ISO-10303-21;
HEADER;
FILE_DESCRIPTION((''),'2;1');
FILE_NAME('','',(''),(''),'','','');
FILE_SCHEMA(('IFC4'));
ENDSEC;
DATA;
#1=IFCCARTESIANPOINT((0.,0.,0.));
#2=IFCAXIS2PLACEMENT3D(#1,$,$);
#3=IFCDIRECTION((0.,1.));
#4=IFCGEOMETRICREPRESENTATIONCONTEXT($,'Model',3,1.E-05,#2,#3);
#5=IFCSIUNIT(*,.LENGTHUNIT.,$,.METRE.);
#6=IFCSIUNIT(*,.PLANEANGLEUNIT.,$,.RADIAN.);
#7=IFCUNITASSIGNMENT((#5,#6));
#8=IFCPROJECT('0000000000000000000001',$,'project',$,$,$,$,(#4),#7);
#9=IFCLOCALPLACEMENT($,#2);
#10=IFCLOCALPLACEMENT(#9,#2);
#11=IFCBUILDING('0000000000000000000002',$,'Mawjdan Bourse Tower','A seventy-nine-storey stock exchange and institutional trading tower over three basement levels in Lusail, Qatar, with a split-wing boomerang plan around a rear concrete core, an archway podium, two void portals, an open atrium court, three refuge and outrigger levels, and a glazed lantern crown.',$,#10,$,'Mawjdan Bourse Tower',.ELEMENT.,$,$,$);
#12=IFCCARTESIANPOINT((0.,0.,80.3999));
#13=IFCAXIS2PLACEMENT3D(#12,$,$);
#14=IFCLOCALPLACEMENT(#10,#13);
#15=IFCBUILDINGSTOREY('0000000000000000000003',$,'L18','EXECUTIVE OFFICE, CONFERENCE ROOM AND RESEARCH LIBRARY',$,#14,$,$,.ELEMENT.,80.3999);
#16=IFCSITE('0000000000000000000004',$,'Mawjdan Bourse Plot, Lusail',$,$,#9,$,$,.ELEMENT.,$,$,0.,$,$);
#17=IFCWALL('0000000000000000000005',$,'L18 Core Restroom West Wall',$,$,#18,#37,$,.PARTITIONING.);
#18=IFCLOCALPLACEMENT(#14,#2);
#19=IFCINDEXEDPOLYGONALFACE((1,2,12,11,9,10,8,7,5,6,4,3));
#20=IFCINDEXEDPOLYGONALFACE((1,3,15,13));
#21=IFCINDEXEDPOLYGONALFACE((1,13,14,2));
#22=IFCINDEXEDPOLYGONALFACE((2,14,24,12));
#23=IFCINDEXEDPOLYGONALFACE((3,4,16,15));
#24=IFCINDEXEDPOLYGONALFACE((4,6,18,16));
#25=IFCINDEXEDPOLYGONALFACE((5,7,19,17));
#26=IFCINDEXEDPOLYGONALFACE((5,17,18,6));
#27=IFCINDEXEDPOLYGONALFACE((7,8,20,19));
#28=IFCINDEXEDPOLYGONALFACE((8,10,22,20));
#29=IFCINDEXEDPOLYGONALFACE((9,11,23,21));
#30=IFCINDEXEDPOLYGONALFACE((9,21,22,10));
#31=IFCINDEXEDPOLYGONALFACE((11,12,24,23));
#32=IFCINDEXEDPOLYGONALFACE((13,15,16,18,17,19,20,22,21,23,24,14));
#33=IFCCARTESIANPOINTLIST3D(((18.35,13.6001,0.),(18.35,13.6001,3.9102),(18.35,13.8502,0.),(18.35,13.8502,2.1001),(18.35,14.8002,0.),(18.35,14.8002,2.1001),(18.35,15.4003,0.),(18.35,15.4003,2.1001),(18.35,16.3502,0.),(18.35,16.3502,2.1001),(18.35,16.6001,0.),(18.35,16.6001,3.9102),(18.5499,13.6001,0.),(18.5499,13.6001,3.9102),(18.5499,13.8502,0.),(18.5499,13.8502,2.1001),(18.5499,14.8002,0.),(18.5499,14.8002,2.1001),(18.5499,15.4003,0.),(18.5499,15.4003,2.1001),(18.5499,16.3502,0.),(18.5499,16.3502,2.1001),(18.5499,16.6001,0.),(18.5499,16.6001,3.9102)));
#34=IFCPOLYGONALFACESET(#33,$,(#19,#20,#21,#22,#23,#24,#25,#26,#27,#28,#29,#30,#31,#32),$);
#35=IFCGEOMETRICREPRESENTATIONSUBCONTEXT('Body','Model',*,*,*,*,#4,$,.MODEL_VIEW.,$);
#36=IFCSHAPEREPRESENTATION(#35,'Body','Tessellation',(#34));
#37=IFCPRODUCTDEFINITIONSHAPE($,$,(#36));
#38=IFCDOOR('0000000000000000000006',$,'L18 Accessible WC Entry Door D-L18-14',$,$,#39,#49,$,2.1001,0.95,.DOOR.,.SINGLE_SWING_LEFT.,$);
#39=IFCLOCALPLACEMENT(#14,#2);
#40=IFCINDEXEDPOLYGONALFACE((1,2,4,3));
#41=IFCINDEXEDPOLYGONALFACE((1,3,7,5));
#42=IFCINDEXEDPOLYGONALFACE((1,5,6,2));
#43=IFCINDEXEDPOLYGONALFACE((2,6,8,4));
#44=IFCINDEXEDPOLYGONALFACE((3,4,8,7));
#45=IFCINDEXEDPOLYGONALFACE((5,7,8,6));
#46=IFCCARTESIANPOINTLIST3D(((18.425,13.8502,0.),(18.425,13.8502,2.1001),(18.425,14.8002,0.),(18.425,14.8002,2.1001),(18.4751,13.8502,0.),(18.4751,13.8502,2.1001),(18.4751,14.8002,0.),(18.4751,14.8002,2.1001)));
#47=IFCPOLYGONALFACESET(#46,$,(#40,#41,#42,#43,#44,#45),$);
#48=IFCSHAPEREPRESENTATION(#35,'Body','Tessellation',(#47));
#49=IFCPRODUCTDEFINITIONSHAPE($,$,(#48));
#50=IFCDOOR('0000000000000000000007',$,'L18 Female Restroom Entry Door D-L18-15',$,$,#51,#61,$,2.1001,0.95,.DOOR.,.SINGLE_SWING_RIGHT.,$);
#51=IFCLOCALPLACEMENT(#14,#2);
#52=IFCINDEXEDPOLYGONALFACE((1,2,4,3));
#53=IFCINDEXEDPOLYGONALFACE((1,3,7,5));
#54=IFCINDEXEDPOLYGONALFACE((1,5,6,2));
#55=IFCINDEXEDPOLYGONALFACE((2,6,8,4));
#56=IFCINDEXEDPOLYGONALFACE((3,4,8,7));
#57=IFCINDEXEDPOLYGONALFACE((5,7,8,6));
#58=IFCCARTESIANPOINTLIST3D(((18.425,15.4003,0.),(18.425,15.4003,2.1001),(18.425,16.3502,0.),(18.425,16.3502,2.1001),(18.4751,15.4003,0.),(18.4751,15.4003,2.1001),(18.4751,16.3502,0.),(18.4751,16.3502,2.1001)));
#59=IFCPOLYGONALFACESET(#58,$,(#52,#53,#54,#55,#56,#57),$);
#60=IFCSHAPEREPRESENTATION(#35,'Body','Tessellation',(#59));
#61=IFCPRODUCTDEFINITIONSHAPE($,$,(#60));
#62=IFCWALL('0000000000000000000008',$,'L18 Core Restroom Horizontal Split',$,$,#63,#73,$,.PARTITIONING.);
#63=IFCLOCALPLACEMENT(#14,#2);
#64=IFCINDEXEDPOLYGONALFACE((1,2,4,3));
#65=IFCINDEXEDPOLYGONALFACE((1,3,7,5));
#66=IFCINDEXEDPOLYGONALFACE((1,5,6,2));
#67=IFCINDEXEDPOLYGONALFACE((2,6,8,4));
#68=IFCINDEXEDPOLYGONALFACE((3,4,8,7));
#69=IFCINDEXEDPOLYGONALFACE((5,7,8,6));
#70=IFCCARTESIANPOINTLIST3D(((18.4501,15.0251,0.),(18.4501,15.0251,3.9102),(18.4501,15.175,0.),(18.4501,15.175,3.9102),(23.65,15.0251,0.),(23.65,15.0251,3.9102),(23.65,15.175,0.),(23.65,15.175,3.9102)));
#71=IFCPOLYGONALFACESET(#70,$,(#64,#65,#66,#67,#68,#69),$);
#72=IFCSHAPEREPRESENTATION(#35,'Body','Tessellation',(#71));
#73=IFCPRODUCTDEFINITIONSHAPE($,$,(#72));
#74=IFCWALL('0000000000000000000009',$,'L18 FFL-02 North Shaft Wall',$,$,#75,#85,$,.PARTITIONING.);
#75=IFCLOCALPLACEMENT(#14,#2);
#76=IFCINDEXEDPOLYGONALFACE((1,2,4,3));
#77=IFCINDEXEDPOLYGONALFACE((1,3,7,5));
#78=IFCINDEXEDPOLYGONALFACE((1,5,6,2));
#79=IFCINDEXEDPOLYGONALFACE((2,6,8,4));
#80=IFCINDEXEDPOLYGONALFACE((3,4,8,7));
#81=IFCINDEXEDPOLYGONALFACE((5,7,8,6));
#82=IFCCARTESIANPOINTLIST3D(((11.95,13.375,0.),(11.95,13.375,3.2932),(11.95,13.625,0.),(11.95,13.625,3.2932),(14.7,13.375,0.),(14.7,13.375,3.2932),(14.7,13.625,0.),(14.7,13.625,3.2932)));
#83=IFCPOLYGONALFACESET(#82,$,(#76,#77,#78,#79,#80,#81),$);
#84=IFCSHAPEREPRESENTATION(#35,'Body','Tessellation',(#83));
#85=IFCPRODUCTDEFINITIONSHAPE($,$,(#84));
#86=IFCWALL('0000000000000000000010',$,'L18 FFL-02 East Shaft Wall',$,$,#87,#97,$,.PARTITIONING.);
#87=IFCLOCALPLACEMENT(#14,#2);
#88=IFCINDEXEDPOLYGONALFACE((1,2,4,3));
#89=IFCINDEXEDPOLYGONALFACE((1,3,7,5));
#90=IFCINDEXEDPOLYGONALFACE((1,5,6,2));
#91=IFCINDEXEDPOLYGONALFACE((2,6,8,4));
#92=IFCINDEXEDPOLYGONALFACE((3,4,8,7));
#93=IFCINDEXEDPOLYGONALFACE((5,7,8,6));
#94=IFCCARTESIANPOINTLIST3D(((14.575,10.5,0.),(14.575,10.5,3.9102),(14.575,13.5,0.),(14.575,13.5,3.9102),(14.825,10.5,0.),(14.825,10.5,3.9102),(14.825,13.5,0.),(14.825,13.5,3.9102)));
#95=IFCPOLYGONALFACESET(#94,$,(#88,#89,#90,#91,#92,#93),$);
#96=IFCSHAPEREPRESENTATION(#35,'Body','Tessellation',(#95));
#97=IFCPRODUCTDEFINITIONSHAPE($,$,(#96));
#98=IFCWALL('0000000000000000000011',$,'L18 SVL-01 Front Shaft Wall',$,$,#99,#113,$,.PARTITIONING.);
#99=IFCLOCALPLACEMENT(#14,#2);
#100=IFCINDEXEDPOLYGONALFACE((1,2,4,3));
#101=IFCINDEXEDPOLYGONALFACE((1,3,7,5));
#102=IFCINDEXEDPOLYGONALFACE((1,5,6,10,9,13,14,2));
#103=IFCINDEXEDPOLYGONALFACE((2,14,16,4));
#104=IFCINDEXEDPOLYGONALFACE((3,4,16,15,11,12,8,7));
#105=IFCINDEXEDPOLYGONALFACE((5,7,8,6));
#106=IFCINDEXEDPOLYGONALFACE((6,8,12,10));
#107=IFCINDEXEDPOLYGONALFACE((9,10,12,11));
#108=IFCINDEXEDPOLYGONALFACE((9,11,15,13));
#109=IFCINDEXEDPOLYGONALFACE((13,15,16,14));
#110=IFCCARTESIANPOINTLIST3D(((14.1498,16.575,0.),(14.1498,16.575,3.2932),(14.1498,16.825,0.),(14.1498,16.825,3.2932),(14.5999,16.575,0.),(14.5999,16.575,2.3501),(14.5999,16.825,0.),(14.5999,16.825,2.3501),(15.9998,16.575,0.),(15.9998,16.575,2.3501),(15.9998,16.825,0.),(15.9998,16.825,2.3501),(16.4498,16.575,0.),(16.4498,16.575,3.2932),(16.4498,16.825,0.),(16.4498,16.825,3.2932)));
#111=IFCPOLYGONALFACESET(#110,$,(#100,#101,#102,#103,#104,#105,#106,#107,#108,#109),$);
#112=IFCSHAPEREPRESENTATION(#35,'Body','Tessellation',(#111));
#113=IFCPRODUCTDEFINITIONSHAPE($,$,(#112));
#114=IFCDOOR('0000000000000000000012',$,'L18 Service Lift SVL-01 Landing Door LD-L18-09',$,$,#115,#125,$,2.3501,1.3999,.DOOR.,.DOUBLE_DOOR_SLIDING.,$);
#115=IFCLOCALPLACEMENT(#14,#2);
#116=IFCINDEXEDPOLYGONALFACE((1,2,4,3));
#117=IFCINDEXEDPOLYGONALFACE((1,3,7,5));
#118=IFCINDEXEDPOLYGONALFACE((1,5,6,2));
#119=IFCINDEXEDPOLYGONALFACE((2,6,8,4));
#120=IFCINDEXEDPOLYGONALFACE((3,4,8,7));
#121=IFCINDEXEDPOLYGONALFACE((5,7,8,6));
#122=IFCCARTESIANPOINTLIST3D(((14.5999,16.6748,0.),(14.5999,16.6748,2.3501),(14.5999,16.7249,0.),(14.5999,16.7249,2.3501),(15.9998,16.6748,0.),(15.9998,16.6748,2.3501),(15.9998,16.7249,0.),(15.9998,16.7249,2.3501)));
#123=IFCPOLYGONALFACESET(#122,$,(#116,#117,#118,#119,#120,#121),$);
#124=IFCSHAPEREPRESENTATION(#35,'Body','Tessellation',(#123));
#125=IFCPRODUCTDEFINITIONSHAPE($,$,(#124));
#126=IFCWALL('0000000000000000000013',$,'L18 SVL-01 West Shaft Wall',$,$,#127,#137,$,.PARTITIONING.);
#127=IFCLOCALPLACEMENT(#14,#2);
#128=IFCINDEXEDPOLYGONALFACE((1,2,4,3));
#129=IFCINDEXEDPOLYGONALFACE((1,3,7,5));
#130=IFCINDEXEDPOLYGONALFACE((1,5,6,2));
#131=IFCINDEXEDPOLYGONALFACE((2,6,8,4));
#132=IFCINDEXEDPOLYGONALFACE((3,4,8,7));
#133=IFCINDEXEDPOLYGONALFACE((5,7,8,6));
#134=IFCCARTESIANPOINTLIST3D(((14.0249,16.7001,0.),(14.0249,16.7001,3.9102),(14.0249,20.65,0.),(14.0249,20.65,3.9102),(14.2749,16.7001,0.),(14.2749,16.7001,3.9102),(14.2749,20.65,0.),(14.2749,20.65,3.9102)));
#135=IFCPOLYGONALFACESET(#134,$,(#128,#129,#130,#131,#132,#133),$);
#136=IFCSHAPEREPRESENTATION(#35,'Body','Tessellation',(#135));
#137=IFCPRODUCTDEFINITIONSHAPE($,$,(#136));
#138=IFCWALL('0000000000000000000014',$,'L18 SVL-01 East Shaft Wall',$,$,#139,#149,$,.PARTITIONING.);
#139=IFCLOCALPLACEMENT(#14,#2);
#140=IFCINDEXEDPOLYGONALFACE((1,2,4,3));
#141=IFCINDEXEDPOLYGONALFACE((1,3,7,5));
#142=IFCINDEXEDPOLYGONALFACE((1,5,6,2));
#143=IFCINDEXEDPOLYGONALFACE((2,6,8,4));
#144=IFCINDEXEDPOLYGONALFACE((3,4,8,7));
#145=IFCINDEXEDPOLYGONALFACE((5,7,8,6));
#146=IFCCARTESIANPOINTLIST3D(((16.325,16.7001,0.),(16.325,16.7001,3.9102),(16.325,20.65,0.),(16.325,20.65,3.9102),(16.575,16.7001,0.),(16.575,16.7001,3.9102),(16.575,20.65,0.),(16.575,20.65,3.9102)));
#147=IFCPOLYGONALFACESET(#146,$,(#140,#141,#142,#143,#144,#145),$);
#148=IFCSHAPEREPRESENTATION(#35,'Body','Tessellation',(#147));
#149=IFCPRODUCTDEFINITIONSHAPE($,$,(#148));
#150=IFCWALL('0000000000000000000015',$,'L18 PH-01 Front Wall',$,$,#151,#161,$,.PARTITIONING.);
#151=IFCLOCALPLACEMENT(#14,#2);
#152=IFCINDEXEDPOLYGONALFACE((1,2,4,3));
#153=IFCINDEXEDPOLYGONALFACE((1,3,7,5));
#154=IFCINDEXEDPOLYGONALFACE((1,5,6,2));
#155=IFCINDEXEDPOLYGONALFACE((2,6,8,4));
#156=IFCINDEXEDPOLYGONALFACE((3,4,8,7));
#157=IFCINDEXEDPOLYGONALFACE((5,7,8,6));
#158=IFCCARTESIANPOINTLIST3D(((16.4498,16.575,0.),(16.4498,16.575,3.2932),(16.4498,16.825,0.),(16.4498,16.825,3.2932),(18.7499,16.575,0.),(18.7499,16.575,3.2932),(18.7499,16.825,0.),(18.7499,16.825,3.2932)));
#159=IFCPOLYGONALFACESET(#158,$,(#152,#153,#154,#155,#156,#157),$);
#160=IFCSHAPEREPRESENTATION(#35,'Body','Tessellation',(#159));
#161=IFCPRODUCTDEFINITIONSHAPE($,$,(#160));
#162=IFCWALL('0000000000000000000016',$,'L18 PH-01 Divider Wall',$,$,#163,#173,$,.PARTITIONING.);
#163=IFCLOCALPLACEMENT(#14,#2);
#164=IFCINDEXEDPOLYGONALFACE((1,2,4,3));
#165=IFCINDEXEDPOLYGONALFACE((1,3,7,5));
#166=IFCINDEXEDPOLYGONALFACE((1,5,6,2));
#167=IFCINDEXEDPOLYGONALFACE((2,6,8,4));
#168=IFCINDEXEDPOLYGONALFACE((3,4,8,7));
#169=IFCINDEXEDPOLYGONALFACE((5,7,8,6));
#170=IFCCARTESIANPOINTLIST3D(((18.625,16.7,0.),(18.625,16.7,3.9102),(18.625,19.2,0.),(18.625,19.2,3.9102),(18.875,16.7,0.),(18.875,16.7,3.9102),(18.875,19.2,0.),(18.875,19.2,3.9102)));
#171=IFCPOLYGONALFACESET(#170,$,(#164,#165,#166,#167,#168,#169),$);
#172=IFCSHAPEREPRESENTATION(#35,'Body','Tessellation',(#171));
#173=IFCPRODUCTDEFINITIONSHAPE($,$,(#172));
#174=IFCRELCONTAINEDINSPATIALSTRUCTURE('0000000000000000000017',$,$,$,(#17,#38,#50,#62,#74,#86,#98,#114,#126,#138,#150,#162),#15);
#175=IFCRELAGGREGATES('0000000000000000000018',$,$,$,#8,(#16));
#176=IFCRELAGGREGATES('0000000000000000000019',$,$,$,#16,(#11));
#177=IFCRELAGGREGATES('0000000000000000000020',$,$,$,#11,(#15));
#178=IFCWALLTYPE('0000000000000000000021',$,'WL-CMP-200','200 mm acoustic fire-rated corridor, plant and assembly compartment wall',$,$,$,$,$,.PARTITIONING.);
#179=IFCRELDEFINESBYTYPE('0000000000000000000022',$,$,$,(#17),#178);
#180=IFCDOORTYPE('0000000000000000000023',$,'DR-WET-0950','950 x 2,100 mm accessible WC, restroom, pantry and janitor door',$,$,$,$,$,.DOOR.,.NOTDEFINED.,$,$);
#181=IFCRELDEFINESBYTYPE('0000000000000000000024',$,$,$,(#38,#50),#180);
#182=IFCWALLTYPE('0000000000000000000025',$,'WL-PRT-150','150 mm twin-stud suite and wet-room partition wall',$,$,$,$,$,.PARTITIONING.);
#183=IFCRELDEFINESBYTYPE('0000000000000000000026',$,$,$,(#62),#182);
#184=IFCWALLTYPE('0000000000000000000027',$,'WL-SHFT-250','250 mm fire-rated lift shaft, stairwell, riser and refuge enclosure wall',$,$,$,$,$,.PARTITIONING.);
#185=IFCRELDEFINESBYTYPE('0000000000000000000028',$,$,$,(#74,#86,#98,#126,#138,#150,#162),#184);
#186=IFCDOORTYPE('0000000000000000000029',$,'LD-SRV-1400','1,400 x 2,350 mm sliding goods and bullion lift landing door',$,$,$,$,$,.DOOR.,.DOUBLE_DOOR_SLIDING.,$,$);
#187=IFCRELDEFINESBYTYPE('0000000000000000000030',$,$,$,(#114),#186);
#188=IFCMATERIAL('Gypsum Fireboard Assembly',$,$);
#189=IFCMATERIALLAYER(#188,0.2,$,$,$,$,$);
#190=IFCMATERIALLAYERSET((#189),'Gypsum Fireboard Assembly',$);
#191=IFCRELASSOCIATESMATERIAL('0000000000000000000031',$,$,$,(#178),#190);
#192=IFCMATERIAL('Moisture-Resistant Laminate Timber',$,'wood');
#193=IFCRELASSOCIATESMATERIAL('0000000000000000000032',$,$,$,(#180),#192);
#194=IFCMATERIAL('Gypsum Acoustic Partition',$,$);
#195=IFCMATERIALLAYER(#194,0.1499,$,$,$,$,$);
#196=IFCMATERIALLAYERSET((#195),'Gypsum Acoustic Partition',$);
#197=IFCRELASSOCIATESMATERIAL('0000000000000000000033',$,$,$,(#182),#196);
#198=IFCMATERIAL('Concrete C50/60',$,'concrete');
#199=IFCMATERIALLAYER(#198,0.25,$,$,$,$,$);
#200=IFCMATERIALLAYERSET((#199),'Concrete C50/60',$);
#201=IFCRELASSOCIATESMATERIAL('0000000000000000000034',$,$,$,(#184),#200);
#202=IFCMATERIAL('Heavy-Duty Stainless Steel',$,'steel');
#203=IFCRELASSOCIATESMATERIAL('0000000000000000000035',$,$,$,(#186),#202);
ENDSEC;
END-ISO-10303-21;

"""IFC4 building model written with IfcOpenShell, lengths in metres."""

from ifc_helpers import new_model, si_unit, direction, frame, frame_2d, origin, place, context, subcontext, project, spatial, rectangle, extrude, material, layer, layer_set, type_object, element, fill, save


model = new_model("IFC4")

# Units and contexts
model_context = context("Model", 3, precision=1e-05, world=origin(), true_north=direction((0.0, 1.0)))
body_context = subcontext(model_context, "Body", "Model", "MODEL_VIEW")
ifc_project = project(units=[si_unit("LENGTHUNIT", "METRE"), si_unit("PLANEANGLEUNIT", "RADIAN")], contexts=[model_context])

# Site, building, storey
site_placement = place(None, origin())
site = spatial("IfcSite", under=ifc_project, at=site_placement, Name="Mawjdan Bourse Plot, Lusail", CompositionType="ELEMENT", RefElevation=0.0)
building_placement = place(site_placement, origin())
building = spatial("IfcBuilding", under=site, at=building_placement, Name="Mawjdan Bourse Tower", Description="A seventy-nine-storey stock exchange and institutional trading tower over three basement levels in Lusail, Qatar, with a split-wing boomerang plan around a rear concrete core, an archway podium, two void portals, an open atrium court, three refuge and outrigger levels, and a glazed lantern crown.", LongName="Mawjdan Bourse Tower", CompositionType="ELEMENT")
storey_placement = place(building_placement, frame((0.0, 0.0, 80.3999)))
storey = spatial("IfcBuildingStorey", under=building, at=storey_placement, Name="L18", Description="EXECUTIVE OFFICE, CONFERENCE ROOM AND RESEARCH LIBRARY", CompositionType="ELEMENT", Elevation=80.3999)

# Wall, openings, doors
ifc_material_1 = material(Name="Gypsum Fireboard Assembly")
ifc_layer_1 = layer(ifc_material_1, 0.2)
ifc_layer_set_1 = layer_set([ifc_layer_1], Name="Gypsum Fireboard Assembly")
wall_type_1 = type_object("IfcWallType", Name="WL-CMP-200", Description="200 mm acoustic fire-rated corridor, plant and assembly compartment wall", PredefinedType="PARTITIONING", material=ifc_layer_set_1)
wall_1_placement = place(storey_placement, frame((18.45, 13.6001, 0.0), z_axis=(0.0, 0.0, 1.0), x_axis=(0.0, 1.0, 0.0)))
wall_1 = element("IfcWall", 1, at=wall_1_placement, inside=storey, type_object=wall_type_1, Name="L18 Core Restroom West Wall", PredefinedType="PARTITIONING", context=body_context, shape_type="SweptSolid", body=[
    extrude(rectangle(XDim=3.0, YDim=0.2, at=frame_2d((1.5, 0.0))), origin(), (0.0, 0.0, 1.0), 3.9102),
])
opening_1_placement = place(wall_1_placement, frame((0.25, 0.0, 0.0)))
opening_1 = element("IfcOpeningElement", 2, at=opening_1_placement, cuts=wall_1, PredefinedType="OPENING", context=body_context, shape_type="SweptSolid", body=[
    extrude(rectangle(XDim=0.95, YDim=2.1001, at=frame_2d((0.4751, 1.05))), frame((0.0, 0.1099, 0.0), z_axis=(0.0, -1.0, 0.0), x_axis=(1.0, 0.0, 0.0)), (0.0, 0.0, 1.0), 0.22),
])
opening_2_placement = place(wall_1_placement, frame((1.8, 0.0, 0.0)))
opening_2 = element("IfcOpeningElement", 3, at=opening_2_placement, cuts=wall_1, PredefinedType="OPENING", context=body_context, shape_type="SweptSolid", body=[
    extrude(rectangle(XDim=0.95, YDim=2.1001, at=frame_2d((0.4751, 1.05))), frame((0.0, 0.1099, 0.0), z_axis=(0.0, -1.0, 0.0), x_axis=(1.0, 0.0, 0.0)), (0.0, 0.0, 1.0), 0.22),
])
ifc_material_2 = material(Name="Moisture-Resistant Laminate Timber", Category="wood")
door_type_1 = type_object("IfcDoorType", Name="DR-WET-0950", Description="950 x 2,100 mm accessible WC, restroom, pantry and janitor door", OperationType="NOTDEFINED", PredefinedType="DOOR", material=ifc_material_2)
door_1_placement = place(opening_1_placement, origin())
door_1 = element("IfcDoor", 4, at=door_1_placement, inside=storey, type_object=door_type_1, Name="L18 Accessible WC Entry Door D-L18-14", OperationType="SINGLE_SWING_LEFT", OverallHeight=2.1001, OverallWidth=0.95, PredefinedType="DOOR", context=body_context, shape_type="SweptSolid", body=[
    extrude(rectangle(XDim=0.95, YDim=2.1001, at=frame_2d((0.4751, 1.05))), frame((0.0, 0.0249, 0.0), z_axis=(0.0, -1.0, 0.0), x_axis=(1.0, 0.0, 0.0)), (0.0, 0.0, 1.0), 0.05),
])
fill(opening_1, door_1)
door_2_placement = place(opening_2_placement, origin())
door_2 = element("IfcDoor", 5, at=door_2_placement, inside=storey, type_object=door_type_1, Name="L18 Female Restroom Entry Door D-L18-15", OperationType="SINGLE_SWING_RIGHT", OverallHeight=2.1001, OverallWidth=0.95, PredefinedType="DOOR", context=body_context, shape_type="SweptSolid", body=[
    extrude(rectangle(XDim=0.95, YDim=2.1001, at=frame_2d((0.4751, 1.05))), frame((0.0, 0.0249, 0.0), z_axis=(0.0, -1.0, 0.0), x_axis=(1.0, 0.0, 0.0)), (0.0, 0.0, 1.0), 0.05),
])
fill(opening_2, door_2)

# Walls
ifc_material_3 = material(Name="Gypsum Acoustic Partition")
ifc_layer_2 = layer(ifc_material_3, 0.1499)
ifc_layer_set_2 = layer_set([ifc_layer_2], Name="Gypsum Acoustic Partition")
wall_type_2 = type_object("IfcWallType", Name="WL-PRT-150", Description="150 mm twin-stud suite and wet-room partition wall", PredefinedType="PARTITIONING", material=ifc_layer_set_2)
wall_2_placement = place(storey_placement, frame((18.45, 15.1001, 0.0), z_axis=(0.0, 0.0, 1.0), x_axis=(1.0, 0.0, 0.0)))
element("IfcWall", 6, at=wall_2_placement, inside=storey, type_object=wall_type_2, Name="L18 Core Restroom Horizontal Split", PredefinedType="PARTITIONING", context=body_context, shape_type="SweptSolid", body=[
    extrude(rectangle(XDim=5.2, YDim=0.1499, at=frame_2d((2.6001, 0.0))), origin(), (0.0, 0.0, 1.0), 3.9102),
])
ifc_material_4 = material(Name="Concrete C50/60", Category="concrete")
ifc_layer_3 = layer(ifc_material_4, 0.25)
ifc_layer_set_3 = layer_set([ifc_layer_3], Name="Concrete C50/60")
wall_type_3 = type_object("IfcWallType", Name="WL-SHFT-250", Description="250 mm fire-rated lift shaft, stairwell, riser and refuge enclosure wall", PredefinedType="PARTITIONING", material=ifc_layer_set_3)
wall_3_placement = place(storey_placement, frame((11.95, 13.5, 0.0), z_axis=(0.0, 0.0, 1.0), x_axis=(1.0, 0.0, 0.0)))
element("IfcWall", 7, at=wall_3_placement, inside=storey, type_object=wall_type_3, Name="L18 FFL-02 North Shaft Wall", PredefinedType="PARTITIONING", context=body_context, shape_type="SweptSolid", body=[
    extrude(rectangle(XDim=2.75, YDim=0.25, at=frame_2d((1.375, 0.0))), origin(), (0.0, 0.0, 1.0), 3.2932),
])
wall_4_placement = place(storey_placement, frame((14.7, 10.5, 0.0), z_axis=(0.0, 0.0, 1.0), x_axis=(0.0, 1.0, 0.0)))
element("IfcWall", 8, at=wall_4_placement, inside=storey, type_object=wall_type_3, Name="L18 FFL-02 East Shaft Wall", PredefinedType="PARTITIONING", context=body_context, shape_type="SweptSolid", body=[
    extrude(rectangle(XDim=3.0, YDim=0.25, at=frame_2d((1.5, 0.0))), origin(), (0.0, 0.0, 1.0), 3.9102),
])

# Wall, opening, door
wall_5_placement = place(storey_placement, frame((14.1499, 16.7, 0.0), z_axis=(0.0, 0.0, 1.0), x_axis=(1.0, 0.0, 0.0)))
wall_5 = element("IfcWall", 9, at=wall_5_placement, inside=storey, type_object=wall_type_3, Name="L18 SVL-01 Front Shaft Wall", PredefinedType="PARTITIONING", context=body_context, shape_type="SweptSolid", body=[
    extrude(rectangle(XDim=2.3, YDim=0.25, at=frame_2d((1.1499, 0.0))), origin(), (0.0, 0.0, 1.0), 3.2932),
])
opening_3_placement = place(wall_5_placement, frame((0.45, 0.0, 0.0)))
opening_3 = element("IfcOpeningElement", 10, at=opening_3_placement, cuts=wall_5, PredefinedType="OPENING", context=body_context, shape_type="SweptSolid", body=[
    extrude(rectangle(XDim=1.3999, YDim=2.3501, at=frame_2d((0.7, 1.175))), frame((0.0, 0.135, 0.0), z_axis=(0.0, -1.0, 0.0), x_axis=(1.0, 0.0, 0.0)), (0.0, 0.0, 1.0), 0.27),
])
ifc_material_5 = material(Name="Heavy-Duty Stainless Steel", Category="steel")
door_type_2 = type_object("IfcDoorType", Name="LD-SRV-1400", Description="1,400 x 2,350 mm sliding goods and bullion lift landing door", OperationType="DOUBLE_DOOR_SLIDING", PredefinedType="DOOR", material=ifc_material_5)
door_3_placement = place(opening_3_placement, origin())
door_3 = element("IfcDoor", 11, at=door_3_placement, inside=storey, type_object=door_type_2, Name="L18 Service Lift SVL-01 Landing Door LD-L18-09", OperationType="DOUBLE_DOOR_SLIDING", OverallHeight=2.3501, OverallWidth=1.3999, PredefinedType="DOOR", context=body_context, shape_type="SweptSolid", body=[
    extrude(rectangle(XDim=1.3999, YDim=2.3501, at=frame_2d((0.7, 1.175))), frame((0.0, 0.0249, 0.0), z_axis=(0.0, -1.0, 0.0), x_axis=(1.0, 0.0, 0.0)), (0.0, 0.0, 1.0), 0.05),
])
fill(opening_3, door_3)

# Walls
for number, where, z_axis, x_axis, name in (
    (12, (14.1499, 16.7, 0.0), (0.0, 0.0, 1.0), (0.0, 1.0, 0.0), "L18 SVL-01 West Shaft Wall"),
    (13, (16.45, 16.7, 0.0), (0.0, 0.0, 1.0), (0.0, 1.0, 0.0), "L18 SVL-01 East Shaft Wall"),
):
    element("IfcWall", number, at=place(storey_placement, frame(where, z_axis=z_axis, x_axis=x_axis)), inside=storey, type_object=wall_type_3, Name=name, PredefinedType="PARTITIONING", context=body_context, shape_type="SweptSolid", body=[
        extrude(rectangle(XDim=3.95, YDim=0.25, at=frame_2d((1.9751, 0.0))), origin(), (0.0, 0.0, 1.0), 3.9102),
    ])
wall_6_placement = place(storey_placement, frame((16.45, 16.7, 0.0), z_axis=(0.0, 0.0, 1.0), x_axis=(1.0, 0.0, 0.0)))
element("IfcWall", 14, at=wall_6_placement, inside=storey, type_object=wall_type_3, Name="L18 PH-01 Front Wall", PredefinedType="PARTITIONING", context=body_context, shape_type="SweptSolid", body=[
    extrude(rectangle(XDim=2.3, YDim=0.25, at=frame_2d((1.1499, 0.0))), origin(), (0.0, 0.0, 1.0), 3.2932),
])
wall_7_placement = place(storey_placement, frame((18.75, 16.7, 0.0), z_axis=(0.0, 0.0, 1.0), x_axis=(0.0, 1.0, 0.0)))
element("IfcWall", 15, at=wall_7_placement, inside=storey, type_object=wall_type_3, Name="L18 PH-01 Divider Wall", PredefinedType="PARTITIONING", context=body_context, shape_type="SweptSolid", body=[
    extrude(rectangle(XDim=2.5, YDim=0.25, at=frame_2d((1.25, 0.0))), origin(), (0.0, 0.0, 1.0), 3.9102),
])

save(model, "model.ifc")
